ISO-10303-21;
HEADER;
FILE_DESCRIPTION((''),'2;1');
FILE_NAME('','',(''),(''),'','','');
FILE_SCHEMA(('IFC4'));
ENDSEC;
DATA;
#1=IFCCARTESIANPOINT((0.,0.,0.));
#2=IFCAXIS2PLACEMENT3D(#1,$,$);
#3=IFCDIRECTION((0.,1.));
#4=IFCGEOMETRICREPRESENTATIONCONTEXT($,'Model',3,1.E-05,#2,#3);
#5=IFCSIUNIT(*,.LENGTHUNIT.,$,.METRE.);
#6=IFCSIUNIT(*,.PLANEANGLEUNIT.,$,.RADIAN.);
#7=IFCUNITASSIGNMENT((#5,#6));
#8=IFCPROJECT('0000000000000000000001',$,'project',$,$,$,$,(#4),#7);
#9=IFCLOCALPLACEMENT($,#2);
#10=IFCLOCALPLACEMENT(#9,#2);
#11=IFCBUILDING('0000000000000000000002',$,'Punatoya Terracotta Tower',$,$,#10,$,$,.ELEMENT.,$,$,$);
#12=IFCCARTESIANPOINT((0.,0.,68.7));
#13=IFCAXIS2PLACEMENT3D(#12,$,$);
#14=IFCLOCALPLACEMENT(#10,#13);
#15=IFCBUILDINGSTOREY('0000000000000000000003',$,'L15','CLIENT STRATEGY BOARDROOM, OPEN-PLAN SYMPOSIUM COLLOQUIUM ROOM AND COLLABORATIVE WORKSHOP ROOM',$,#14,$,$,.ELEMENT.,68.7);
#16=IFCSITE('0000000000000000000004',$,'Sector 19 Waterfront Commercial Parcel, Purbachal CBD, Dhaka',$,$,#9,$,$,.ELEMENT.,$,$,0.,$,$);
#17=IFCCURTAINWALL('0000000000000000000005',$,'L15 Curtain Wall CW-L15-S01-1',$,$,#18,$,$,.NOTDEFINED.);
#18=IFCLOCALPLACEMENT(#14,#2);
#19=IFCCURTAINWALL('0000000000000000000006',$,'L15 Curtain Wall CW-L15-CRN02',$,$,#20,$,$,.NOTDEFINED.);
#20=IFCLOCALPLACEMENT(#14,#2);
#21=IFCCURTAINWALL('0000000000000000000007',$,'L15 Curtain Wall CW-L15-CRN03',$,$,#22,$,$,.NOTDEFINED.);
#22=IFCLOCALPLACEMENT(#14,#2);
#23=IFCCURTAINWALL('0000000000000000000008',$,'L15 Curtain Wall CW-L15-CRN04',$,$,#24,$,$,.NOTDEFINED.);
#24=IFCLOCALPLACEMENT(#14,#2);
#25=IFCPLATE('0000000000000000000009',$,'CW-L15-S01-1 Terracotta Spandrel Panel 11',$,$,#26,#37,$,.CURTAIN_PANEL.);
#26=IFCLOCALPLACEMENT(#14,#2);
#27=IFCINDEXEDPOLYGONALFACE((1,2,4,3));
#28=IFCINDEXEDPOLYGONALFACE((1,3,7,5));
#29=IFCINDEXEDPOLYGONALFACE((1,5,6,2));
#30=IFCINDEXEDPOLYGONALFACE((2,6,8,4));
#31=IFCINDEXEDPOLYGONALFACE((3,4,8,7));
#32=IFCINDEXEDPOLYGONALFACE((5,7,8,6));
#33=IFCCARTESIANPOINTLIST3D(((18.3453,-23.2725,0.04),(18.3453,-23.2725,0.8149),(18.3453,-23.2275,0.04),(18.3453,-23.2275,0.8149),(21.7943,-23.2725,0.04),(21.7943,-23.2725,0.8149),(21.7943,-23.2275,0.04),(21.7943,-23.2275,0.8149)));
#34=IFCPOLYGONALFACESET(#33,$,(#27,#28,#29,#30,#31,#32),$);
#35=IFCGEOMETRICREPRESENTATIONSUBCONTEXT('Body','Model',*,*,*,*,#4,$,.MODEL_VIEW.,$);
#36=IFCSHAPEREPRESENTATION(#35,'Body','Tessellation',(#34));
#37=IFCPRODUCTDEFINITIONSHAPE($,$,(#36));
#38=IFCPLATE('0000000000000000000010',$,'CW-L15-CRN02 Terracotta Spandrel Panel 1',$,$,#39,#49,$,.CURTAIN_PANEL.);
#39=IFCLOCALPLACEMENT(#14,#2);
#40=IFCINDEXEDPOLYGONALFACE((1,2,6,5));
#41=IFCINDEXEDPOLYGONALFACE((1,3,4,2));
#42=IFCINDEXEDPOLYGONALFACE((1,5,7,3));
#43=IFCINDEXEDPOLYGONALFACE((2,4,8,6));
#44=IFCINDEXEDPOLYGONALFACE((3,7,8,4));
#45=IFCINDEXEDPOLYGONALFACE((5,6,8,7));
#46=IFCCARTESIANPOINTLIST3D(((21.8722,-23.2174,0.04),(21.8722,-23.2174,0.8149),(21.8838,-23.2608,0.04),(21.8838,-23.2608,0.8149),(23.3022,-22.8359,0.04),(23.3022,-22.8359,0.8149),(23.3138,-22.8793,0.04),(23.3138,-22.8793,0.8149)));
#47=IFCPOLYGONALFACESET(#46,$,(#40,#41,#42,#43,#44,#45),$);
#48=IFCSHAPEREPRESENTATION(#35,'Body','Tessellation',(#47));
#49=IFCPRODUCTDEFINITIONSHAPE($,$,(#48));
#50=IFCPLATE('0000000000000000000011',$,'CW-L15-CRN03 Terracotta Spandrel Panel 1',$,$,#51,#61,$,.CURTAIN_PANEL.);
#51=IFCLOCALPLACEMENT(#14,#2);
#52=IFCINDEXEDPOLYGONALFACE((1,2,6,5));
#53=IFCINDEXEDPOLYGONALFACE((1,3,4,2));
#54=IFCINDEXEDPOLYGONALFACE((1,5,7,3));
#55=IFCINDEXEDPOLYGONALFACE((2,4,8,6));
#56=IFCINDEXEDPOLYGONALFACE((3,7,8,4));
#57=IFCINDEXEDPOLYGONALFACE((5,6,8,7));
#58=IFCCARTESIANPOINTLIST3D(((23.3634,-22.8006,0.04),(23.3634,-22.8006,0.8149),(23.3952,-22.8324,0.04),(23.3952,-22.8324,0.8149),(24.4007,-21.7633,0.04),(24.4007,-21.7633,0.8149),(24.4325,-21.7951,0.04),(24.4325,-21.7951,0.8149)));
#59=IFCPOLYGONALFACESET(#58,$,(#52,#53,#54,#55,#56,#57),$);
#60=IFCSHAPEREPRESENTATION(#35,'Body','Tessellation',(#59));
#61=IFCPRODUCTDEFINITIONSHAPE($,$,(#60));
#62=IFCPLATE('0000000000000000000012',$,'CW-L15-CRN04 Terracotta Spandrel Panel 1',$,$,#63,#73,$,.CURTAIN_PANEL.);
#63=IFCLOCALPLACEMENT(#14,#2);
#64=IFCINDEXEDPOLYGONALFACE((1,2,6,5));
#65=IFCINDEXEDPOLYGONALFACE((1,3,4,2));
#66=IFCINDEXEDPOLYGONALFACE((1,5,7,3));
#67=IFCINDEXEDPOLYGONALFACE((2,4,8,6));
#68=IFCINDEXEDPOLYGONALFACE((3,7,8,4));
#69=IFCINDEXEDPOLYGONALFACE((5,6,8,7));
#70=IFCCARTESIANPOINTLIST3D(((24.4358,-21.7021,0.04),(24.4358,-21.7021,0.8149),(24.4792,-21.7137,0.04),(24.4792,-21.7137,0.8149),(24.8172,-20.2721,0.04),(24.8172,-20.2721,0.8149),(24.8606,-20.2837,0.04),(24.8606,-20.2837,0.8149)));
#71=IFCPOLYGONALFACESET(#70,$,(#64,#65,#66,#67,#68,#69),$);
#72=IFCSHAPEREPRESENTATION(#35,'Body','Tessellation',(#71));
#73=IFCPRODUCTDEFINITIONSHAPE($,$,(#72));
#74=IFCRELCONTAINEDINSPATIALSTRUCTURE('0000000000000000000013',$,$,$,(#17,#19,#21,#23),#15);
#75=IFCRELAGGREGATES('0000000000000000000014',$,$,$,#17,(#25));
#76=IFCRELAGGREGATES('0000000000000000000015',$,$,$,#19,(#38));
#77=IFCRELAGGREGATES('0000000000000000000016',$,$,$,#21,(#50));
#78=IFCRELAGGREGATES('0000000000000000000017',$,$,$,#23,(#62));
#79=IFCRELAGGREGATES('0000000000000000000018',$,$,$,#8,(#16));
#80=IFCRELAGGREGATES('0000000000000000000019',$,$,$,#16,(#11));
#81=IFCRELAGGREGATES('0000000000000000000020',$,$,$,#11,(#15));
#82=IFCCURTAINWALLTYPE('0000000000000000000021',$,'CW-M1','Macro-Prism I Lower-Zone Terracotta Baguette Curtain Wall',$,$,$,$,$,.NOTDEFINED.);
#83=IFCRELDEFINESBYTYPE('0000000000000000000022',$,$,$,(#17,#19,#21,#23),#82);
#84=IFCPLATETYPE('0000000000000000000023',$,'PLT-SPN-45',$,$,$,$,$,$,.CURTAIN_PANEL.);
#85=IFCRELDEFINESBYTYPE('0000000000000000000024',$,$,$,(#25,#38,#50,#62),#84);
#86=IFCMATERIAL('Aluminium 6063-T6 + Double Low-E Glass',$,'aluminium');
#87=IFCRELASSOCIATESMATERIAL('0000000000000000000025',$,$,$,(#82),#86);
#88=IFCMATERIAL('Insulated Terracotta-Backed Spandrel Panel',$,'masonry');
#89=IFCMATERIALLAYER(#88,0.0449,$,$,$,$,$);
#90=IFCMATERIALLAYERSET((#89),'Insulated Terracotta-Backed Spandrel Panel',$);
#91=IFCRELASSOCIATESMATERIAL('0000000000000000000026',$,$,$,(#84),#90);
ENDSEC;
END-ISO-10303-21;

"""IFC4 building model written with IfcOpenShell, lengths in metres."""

from ifc_helpers import new_model, si_unit, direction, frame, origin, origin_2d, place, context, subcontext, project, spatial, rectangle, extrude, material, layer, layer_set, type_object, element, aggregate, save


model = new_model("IFC4")

# Units and contexts
model_context = context("Model", 3, precision=1e-05, world=origin(), true_north=direction((0.0, 1.0)))
body_context = subcontext(model_context, "Body", "Model", "MODEL_VIEW")
ifc_project = project(units=[si_unit("LENGTHUNIT", "METRE"), si_unit("PLANEANGLEUNIT", "RADIAN")], contexts=[model_context])

# Site, building, storey
site_placement = place(None, origin())
site = spatial("IfcSite", under=ifc_project, at=site_placement, Name="Sector 19 Waterfront Commercial Parcel, Purbachal CBD, Dhaka", CompositionType="ELEMENT", RefElevation=0.0)
building_placement = place(site_placement, origin())
building = spatial("IfcBuilding", under=site, at=building_placement, Name="Punatoya Terracotta Tower", CompositionType="ELEMENT")
storey_placement = place(building_placement, frame((0.0, 0.0, 68.7)))
storey = spatial("IfcBuildingStorey", under=building, at=storey_placement, Name="L15", Description="CLIENT STRATEGY BOARDROOM, OPEN-PLAN SYMPOSIUM COLLOQUIUM ROOM AND COLLABORATIVE WORKSHOP ROOM", CompositionType="ELEMENT", Elevation=68.7)

# Curtain wall
ifc_material_1 = material(Name="Aluminium 6063-T6 + Double Low-E Glass", Category="aluminium")
curtain_wall_type = type_object("IfcCurtainWallType", Name="CW-M1", Description="Macro-Prism I Lower-Zone Terracotta Baguette Curtain Wall", PredefinedType="NOTDEFINED", material=ifc_material_1)
curtain_wall_1_placement = place(storey_placement, origin())
curtain_wall_1 = element("IfcCurtainWall", 1, at=curtain_wall_1_placement, inside=storey, type_object=curtain_wall_type, Name="L15 Curtain Wall CW-L15-S01-1", PredefinedType="NOTDEFINED")

# Curtain walls
curtain_wall_2_placement = place(storey_placement, origin())
curtain_wall_2 = element("IfcCurtainWall", 2, at=curtain_wall_2_placement, inside=storey, type_object=curtain_wall_type, Name="L15 Curtain Wall CW-L15-CRN02", PredefinedType="NOTDEFINED")
curtain_wall_3_placement = place(storey_placement, origin())
curtain_wall_3 = element("IfcCurtainWall", 3, at=curtain_wall_3_placement, inside=storey, type_object=curtain_wall_type, Name="L15 Curtain Wall CW-L15-CRN03", PredefinedType="NOTDEFINED")
curtain_wall_4_placement = place(storey_placement, origin())
curtain_wall_4 = element("IfcCurtainWall", 4, at=curtain_wall_4_placement, inside=storey, type_object=curtain_wall_type, Name="L15 Curtain Wall CW-L15-CRN04", PredefinedType="NOTDEFINED")

# Plates
ifc_material_2 = material(Name="Insulated Terracotta-Backed Spandrel Panel", Category="masonry")
ifc_layer_1 = layer(ifc_material_2, 0.0449)
ifc_layer_set_1 = layer_set([ifc_layer_1], Name="Insulated Terracotta-Backed Spandrel Panel")
plate_type_1 = type_object("IfcPlateType", Name="PLT-SPN-45", PredefinedType="CURTAIN_PANEL", material=ifc_layer_set_1)
plate_1_placement = place(storey_placement, frame((20.0698, -23.25, 0.04), z_axis=(0.0, 0.0, 1.0), x_axis=(1.0, 0.0, 0.0)))
plate_1 = element("IfcPlate", 5, at=plate_1_placement, type_object=plate_type_1, Name="CW-L15-S01-1 Terracotta Spandrel Panel 11", PredefinedType="CURTAIN_PANEL", context=body_context, shape_type="SweptSolid", body=[
    extrude(rectangle(XDim=3.449, YDim=0.0449, at=origin_2d()), origin(), (0.0, 0.0, 1.0), 0.7749),
])
aggregate(curtain_wall_1, [plate_1])
plate_2_placement = place(storey_placement, frame((22.593, -23.0483, 0.04), z_axis=(0.0, 0.0, 1.0), x_axis=(0.966214, 0.257742, 0.0)))
plate_2 = element("IfcPlate", 6, at=plate_2_placement, type_object=plate_type_1, Name="CW-L15-CRN02 Terracotta Spandrel Panel 1", PredefinedType="CURTAIN_PANEL", context=body_context, shape_type="SweptSolid", body=[
    extrude(rectangle(XDim=1.48, YDim=0.0449, at=origin_2d()), origin(), (0.0, 0.0, 1.0), 0.7749),
])
aggregate(curtain_wall_2, [plate_2])
plate_3_placement = place(storey_placement, frame((23.8979, -22.2979, 0.04), z_axis=(0.0, 0.0, 1.0), x_axis=(0.707107, 0.707107, 0.0)))
plate_3 = element("IfcPlate", 7, at=plate_3_placement, type_object=plate_type_1, Name="CW-L15-CRN03 Terracotta Spandrel Panel 1", PredefinedType="CURTAIN_PANEL", context=body_context, shape_type="SweptSolid", body=[
    extrude(rectangle(XDim=1.467, YDim=0.0449, at=origin_2d()), origin(), (0.0, 0.0, 1.0), 0.7749),
])
aggregate(curtain_wall_3, [plate_3])
plate_4_placement = place(storey_placement, frame((24.6482, -20.9929, 0.04), z_axis=(0.0, 0.0, 1.0), x_axis=(0.257742, 0.966214, 0.0)))
plate_4 = element("IfcPlate", 8, at=plate_4_placement, type_object=plate_type_1, Name="CW-L15-CRN04 Terracotta Spandrel Panel 1", PredefinedType="CURTAIN_PANEL", context=body_context, shape_type="SweptSolid", body=[
    extrude(rectangle(XDim=1.48, YDim=0.0449, at=origin_2d()), origin(), (0.0, 0.0, 1.0), 0.7749),
])
aggregate(curtain_wall_4, [plate_4])

save(model, "model.ifc")
